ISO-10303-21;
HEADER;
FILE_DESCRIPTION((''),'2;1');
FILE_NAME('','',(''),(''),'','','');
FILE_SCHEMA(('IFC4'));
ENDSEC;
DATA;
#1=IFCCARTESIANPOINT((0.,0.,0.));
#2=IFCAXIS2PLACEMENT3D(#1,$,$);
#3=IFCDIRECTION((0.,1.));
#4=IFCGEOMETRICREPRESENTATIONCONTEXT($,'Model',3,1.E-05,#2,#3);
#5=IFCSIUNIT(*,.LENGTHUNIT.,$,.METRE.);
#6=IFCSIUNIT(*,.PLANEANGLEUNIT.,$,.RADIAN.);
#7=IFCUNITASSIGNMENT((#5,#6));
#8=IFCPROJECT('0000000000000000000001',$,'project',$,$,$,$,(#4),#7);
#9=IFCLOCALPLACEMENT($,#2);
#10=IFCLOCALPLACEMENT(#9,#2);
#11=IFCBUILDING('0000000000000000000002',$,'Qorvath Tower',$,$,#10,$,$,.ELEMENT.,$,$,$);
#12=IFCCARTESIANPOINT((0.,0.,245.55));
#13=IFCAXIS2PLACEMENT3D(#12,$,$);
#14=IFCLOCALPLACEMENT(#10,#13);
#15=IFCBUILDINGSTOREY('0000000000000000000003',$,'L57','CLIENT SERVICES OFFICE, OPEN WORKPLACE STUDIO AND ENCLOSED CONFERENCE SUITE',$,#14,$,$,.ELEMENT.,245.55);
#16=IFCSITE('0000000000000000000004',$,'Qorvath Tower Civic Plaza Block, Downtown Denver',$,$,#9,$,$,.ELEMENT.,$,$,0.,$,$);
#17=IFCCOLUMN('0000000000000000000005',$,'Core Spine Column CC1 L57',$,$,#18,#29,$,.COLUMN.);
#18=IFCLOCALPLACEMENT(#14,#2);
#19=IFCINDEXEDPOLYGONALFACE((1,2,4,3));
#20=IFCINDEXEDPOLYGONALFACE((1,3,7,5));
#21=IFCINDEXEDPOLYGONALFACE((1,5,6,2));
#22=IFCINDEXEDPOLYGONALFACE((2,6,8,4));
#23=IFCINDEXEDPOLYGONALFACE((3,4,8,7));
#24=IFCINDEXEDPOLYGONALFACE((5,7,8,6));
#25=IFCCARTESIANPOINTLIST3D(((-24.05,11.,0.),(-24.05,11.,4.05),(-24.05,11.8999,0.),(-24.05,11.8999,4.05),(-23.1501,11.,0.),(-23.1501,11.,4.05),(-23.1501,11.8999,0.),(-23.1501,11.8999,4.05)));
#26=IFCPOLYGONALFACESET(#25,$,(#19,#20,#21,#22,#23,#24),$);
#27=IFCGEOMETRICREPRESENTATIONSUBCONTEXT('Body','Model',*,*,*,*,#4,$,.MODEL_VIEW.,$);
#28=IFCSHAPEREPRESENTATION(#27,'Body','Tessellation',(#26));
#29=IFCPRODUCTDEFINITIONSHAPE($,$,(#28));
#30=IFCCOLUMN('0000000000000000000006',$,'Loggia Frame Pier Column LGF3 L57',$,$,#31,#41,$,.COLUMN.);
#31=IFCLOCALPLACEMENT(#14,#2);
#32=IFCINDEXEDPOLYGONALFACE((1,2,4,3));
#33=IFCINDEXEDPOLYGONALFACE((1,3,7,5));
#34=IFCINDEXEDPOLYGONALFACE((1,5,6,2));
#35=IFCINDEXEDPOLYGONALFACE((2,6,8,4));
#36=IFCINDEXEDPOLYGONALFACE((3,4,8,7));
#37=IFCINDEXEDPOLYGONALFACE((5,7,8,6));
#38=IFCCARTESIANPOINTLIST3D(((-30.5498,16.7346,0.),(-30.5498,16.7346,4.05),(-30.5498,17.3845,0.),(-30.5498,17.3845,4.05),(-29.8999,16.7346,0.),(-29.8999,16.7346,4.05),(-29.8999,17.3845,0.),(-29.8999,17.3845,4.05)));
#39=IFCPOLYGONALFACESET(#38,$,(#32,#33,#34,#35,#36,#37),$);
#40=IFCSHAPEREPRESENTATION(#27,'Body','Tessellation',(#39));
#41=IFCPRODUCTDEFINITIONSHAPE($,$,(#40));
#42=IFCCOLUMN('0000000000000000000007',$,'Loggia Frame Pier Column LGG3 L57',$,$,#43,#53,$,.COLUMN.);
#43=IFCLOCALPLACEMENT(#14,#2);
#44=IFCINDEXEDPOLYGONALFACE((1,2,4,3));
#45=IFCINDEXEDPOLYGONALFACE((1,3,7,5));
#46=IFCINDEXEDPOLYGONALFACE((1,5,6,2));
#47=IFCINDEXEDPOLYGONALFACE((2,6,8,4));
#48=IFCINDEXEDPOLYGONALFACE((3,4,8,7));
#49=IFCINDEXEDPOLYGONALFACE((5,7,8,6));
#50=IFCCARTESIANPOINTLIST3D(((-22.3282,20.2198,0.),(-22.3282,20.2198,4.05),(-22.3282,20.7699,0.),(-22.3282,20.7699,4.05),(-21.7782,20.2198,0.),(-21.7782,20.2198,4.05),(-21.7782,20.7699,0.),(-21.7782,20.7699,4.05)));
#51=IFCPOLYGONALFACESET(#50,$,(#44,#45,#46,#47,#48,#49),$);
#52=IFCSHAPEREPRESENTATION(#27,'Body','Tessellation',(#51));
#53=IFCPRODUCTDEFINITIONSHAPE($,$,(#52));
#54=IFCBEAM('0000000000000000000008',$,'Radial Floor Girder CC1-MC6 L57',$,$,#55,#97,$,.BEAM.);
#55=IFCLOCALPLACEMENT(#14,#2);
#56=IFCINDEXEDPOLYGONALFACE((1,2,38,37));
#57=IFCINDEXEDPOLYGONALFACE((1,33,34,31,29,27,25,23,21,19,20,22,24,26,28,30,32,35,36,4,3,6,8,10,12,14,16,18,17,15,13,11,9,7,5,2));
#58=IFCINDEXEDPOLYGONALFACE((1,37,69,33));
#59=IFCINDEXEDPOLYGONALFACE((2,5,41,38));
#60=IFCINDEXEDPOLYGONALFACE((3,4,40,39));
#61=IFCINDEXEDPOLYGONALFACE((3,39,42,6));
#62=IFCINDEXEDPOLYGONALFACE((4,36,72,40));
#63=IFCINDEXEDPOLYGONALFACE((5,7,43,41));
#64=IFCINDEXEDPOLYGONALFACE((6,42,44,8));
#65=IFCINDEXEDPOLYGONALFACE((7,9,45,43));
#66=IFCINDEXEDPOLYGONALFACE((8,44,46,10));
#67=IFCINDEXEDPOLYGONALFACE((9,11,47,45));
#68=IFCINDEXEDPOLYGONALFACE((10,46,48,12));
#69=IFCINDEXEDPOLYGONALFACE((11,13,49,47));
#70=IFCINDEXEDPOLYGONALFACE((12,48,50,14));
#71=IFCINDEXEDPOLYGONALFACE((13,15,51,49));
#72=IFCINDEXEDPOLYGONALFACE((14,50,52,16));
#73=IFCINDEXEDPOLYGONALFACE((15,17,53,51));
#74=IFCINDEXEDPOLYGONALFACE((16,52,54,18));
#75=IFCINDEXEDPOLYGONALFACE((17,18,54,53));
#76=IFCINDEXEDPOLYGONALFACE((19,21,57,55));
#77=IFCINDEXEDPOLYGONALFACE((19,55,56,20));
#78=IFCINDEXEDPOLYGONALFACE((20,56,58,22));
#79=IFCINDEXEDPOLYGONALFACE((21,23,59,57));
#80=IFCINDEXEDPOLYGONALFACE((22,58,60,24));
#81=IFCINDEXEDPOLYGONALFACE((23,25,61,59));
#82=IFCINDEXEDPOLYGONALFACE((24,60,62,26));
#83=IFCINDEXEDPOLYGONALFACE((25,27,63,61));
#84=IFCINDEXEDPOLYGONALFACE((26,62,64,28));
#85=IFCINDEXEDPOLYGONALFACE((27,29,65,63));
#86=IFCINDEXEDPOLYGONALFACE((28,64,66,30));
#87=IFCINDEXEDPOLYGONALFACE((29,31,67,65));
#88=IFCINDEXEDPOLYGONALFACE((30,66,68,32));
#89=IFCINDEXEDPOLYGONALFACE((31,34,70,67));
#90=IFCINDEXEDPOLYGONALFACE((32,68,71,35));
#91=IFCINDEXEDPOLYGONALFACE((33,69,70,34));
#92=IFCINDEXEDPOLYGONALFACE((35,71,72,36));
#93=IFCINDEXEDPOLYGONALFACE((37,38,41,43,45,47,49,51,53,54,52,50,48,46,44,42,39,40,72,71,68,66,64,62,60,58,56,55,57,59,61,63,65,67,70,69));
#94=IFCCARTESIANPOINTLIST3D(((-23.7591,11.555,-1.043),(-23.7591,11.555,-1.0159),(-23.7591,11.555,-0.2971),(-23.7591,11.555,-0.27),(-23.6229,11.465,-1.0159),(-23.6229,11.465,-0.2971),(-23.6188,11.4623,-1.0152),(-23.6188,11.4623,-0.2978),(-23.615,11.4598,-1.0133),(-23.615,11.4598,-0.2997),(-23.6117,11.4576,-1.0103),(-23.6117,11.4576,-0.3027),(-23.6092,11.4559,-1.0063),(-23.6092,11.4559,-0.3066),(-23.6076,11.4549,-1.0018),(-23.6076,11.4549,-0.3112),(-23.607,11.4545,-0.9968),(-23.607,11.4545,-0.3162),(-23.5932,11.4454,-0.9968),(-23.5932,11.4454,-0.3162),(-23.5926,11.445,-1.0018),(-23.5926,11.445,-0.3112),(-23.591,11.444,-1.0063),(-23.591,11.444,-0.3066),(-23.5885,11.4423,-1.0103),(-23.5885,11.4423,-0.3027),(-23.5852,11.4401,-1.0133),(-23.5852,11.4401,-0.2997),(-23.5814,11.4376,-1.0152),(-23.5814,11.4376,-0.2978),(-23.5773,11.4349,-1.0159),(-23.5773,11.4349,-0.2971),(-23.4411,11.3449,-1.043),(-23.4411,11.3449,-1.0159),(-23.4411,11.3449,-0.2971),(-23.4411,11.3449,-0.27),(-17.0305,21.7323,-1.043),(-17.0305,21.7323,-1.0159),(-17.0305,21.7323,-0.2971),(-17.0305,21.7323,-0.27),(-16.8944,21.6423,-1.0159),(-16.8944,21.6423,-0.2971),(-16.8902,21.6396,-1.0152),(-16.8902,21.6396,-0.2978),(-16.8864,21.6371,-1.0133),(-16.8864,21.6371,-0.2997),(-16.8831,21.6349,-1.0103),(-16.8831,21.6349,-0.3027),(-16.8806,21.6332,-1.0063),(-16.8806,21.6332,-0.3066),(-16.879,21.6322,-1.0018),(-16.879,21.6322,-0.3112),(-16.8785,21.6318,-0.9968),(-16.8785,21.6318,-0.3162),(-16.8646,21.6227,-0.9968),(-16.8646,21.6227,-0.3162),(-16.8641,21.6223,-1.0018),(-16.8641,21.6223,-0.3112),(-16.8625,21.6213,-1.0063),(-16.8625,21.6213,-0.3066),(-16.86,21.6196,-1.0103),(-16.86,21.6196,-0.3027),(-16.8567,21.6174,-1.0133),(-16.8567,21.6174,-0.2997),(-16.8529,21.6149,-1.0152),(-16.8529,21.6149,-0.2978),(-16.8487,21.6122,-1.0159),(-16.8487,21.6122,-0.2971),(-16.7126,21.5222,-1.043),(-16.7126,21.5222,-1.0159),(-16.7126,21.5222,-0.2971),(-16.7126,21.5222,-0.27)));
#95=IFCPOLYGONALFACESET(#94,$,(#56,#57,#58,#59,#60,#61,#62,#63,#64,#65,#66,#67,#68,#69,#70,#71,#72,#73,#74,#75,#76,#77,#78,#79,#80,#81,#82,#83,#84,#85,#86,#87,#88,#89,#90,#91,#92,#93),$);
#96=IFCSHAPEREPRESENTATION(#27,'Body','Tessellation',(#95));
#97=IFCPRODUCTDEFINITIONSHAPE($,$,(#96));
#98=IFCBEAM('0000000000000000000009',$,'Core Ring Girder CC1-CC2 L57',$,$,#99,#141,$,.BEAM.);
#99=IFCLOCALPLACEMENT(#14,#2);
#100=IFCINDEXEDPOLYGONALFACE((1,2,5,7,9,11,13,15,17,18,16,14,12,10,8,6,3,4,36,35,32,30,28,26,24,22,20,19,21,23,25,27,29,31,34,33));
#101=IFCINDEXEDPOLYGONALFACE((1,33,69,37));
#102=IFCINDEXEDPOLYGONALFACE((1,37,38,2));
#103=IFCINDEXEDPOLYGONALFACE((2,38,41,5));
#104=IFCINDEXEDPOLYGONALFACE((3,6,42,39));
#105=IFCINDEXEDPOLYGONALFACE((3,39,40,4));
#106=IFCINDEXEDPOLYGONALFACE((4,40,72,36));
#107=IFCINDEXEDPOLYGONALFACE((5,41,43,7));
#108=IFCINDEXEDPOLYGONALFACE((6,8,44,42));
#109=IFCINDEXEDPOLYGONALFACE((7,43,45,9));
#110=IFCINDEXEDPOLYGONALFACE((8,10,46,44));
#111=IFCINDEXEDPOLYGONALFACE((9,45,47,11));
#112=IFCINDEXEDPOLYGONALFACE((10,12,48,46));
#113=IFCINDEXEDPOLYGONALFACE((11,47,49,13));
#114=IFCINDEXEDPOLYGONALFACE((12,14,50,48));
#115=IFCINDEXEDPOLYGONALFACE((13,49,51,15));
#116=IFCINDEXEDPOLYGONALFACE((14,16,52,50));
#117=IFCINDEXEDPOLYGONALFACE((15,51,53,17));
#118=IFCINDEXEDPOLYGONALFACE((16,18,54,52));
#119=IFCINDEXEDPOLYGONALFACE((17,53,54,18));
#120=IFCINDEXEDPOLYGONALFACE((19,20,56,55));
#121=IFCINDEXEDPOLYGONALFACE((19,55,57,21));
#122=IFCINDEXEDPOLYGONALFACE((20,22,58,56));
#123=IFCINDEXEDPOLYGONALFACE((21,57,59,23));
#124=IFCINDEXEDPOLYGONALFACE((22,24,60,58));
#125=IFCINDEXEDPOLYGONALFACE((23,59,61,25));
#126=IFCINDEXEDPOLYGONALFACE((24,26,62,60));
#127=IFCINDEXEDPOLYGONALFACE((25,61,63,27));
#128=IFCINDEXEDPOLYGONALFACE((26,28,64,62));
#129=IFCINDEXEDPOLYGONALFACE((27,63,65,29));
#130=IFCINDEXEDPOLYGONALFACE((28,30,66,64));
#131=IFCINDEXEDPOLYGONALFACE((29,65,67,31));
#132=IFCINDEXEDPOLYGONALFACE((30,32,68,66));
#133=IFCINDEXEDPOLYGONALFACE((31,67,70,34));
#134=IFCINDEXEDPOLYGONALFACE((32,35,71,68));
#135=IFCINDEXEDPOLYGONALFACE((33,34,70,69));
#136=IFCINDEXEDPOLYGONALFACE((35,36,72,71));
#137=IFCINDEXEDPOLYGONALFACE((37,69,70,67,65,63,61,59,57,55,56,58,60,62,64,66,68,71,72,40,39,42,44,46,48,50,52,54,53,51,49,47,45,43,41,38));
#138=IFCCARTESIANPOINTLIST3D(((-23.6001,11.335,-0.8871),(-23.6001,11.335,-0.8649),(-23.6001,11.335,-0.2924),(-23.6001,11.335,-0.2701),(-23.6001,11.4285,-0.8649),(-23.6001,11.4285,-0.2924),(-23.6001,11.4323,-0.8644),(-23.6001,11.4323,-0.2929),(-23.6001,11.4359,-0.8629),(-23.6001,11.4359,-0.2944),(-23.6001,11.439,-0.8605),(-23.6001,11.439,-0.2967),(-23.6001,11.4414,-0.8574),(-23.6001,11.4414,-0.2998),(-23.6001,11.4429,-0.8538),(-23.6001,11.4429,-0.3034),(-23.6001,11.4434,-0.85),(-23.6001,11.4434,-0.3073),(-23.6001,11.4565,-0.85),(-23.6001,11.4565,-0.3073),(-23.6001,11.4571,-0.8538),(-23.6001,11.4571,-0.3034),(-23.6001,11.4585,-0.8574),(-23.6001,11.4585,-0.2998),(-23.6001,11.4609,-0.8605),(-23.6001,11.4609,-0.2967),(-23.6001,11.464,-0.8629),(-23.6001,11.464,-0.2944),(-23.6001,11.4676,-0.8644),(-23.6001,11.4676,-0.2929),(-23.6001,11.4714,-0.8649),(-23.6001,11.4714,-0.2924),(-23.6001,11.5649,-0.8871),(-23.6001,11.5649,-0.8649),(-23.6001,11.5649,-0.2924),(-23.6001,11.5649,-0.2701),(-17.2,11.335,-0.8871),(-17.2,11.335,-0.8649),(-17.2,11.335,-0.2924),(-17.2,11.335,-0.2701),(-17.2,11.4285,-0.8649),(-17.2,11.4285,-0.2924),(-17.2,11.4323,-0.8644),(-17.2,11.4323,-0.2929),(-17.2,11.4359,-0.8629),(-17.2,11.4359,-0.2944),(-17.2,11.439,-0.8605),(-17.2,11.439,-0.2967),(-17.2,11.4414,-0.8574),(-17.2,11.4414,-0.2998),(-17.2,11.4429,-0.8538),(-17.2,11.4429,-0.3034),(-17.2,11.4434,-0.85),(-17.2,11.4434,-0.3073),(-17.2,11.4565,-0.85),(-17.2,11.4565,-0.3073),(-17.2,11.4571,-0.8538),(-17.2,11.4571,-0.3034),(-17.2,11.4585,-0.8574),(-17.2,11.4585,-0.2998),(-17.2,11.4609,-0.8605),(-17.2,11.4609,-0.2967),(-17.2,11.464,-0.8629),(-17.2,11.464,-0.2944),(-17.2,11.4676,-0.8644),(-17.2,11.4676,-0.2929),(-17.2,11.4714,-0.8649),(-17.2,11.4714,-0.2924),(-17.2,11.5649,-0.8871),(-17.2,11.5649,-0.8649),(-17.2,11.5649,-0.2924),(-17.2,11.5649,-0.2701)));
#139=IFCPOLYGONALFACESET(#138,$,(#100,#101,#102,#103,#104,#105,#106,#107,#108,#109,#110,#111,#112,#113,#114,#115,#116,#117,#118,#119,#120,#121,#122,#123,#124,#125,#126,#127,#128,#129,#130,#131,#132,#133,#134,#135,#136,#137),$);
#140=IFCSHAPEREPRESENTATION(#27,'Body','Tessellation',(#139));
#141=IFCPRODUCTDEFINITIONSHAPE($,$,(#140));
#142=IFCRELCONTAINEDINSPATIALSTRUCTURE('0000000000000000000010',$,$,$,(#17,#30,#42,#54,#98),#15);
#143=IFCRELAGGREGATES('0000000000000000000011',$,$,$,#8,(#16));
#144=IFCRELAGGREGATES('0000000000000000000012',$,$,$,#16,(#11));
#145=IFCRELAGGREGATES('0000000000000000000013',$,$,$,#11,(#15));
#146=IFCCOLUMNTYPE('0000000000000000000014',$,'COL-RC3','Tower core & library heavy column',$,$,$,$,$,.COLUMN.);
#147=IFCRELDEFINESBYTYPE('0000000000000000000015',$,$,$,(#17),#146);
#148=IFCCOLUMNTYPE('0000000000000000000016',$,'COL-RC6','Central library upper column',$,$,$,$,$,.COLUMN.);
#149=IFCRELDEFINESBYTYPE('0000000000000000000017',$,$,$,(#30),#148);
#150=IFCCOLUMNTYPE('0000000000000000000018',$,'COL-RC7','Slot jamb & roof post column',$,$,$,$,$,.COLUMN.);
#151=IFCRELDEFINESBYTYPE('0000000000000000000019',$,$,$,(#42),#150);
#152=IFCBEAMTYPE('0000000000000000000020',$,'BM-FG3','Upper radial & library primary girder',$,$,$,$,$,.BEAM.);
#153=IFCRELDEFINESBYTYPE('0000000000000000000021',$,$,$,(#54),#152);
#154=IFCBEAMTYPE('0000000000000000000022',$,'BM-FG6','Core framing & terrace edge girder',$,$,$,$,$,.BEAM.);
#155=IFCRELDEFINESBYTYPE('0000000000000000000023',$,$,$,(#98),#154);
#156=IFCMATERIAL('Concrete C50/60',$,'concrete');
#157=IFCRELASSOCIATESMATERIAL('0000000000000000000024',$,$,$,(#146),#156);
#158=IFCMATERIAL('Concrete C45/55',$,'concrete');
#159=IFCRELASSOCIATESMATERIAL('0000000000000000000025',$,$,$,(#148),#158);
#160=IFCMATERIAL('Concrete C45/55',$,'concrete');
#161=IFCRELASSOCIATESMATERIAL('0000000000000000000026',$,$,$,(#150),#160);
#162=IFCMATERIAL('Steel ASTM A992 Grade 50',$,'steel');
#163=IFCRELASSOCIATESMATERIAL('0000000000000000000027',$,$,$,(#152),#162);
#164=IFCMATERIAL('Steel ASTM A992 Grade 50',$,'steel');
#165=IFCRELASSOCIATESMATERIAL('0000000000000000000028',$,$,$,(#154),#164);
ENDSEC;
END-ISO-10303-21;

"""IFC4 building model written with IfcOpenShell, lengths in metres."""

from ifc_helpers import new_model, si_unit, direction, frame, origin, origin_2d, place, context, subcontext, project, spatial, rectangle, i_section, extrude, material, material_profile, profile_set, type_object, element, save


model = new_model("IFC4")

# Units and contexts
model_context = context("Model", 3, precision=1e-05, world=origin(), true_north=direction((0.0, 1.0)))
body_context = subcontext(model_context, "Body", "Model", "MODEL_VIEW")
ifc_project = project(units=[si_unit("LENGTHUNIT", "METRE"), si_unit("PLANEANGLEUNIT", "RADIAN")], contexts=[model_context])

# Site, building, storey
site_placement = place(None, origin())
site = spatial("IfcSite", under=ifc_project, at=site_placement, Name="Qorvath Tower Civic Plaza Block, Downtown Denver", CompositionType="ELEMENT", RefElevation=0.0)
building_placement = place(site_placement, origin())
building = spatial("IfcBuilding", under=site, at=building_placement, Name="Qorvath Tower", CompositionType="ELEMENT")
storey_placement = place(building_placement, frame((0.0, 0.0, 245.55)))
storey = spatial("IfcBuildingStorey", under=building, at=storey_placement, Name="L57", Description="CLIENT SERVICES OFFICE, OPEN WORKPLACE STUDIO AND ENCLOSED CONFERENCE SUITE", CompositionType="ELEMENT", Elevation=245.55)

# Columns
ifc_material_1 = material(Name="Concrete C50/60", Category="concrete")
ifc_material_profile_1 = material_profile(ifc_material_1, rectangle(XDim=0.8999, YDim=0.8999, at=origin_2d()), Name="RC 900x900")
ifc_profile_set_1 = profile_set([ifc_material_profile_1], Name="Concrete C50/60")
column_type_1 = type_object("IfcColumnType", Name="COL-RC3", Description="Tower core & library heavy column", PredefinedType="COLUMN", material=ifc_profile_set_1)
column_1_placement = place(storey_placement, frame((-23.6001, 11.45, 0.0), z_axis=(0.0, 0.0, 1.0), x_axis=(1.0, 0.0, 0.0)))
element("IfcColumn", 1, at=column_1_placement, inside=storey, type_object=column_type_1, Name="Core Spine Column CC1 L57", PredefinedType="COLUMN", context=body_context, shape_type="SweptSolid", body=[
    extrude(rectangle(XDim=0.8999, YDim=0.8999, at=origin_2d()), origin(), (0.0, 0.0, 1.0), 4.05),
])
ifc_material_2 = material(Name="Concrete C45/55", Category="concrete")
ifc_material_profile_2 = material_profile(ifc_material_2, rectangle(XDim=0.6499, YDim=0.6499, at=origin_2d()), Name="RC 650x650")
ifc_profile_set_2 = profile_set([ifc_material_profile_2], Name="Concrete C45/55")
column_type_2 = type_object("IfcColumnType", Name="COL-RC6", Description="Central library upper column", PredefinedType="COLUMN", material=ifc_profile_set_2)
column_2_placement = place(storey_placement, frame((-30.2249, 17.0596, 0.0), z_axis=(0.0, 0.0, 1.0), x_axis=(1.0, 0.0, 0.0)))
element("IfcColumn", 2, at=column_2_placement, inside=storey, type_object=column_type_2, Name="Loggia Frame Pier Column LGF3 L57", PredefinedType="COLUMN", context=body_context, shape_type="SweptSolid", body=[
    extrude(rectangle(XDim=0.6499, YDim=0.6499, at=origin_2d()), origin(), (0.0, 0.0, 1.0), 4.05),
])
ifc_material_3 = material(Name="Concrete C45/55", Category="concrete")
ifc_material_profile_3 = material_profile(ifc_material_3, rectangle(XDim=0.55, YDim=0.55, at=origin_2d()), Name="RC 550x550")
ifc_profile_set_3 = profile_set([ifc_material_profile_3], Name="Concrete C45/55")
column_type_3 = type_object("IfcColumnType", Name="COL-RC7", Description="Slot jamb & roof post column", PredefinedType="COLUMN", material=ifc_profile_set_3)
column_3_placement = place(storey_placement, frame((-22.0532, 20.4949, 0.0), z_axis=(0.0, 0.0, 1.0), x_axis=(1.0, 0.0, 0.0)))
element("IfcColumn", 3, at=column_3_placement, inside=storey, type_object=column_type_3, Name="Loggia Frame Pier Column LGG3 L57", PredefinedType="COLUMN", context=body_context, shape_type="SweptSolid", body=[
    extrude(rectangle(XDim=0.55, YDim=0.55, at=origin_2d()), origin(), (0.0, 0.0, 1.0), 4.05),
])

# Beams
ifc_material_4 = material(Name="Steel ASTM A992 Grade 50", Category="steel")
ifc_material_profile_4 = material_profile(ifc_material_4, i_section(OverallWidth=0.3811, OverallDepth=0.7729, WebThickness=0.0166, FlangeThickness=0.0271, FilletRadius=0.019, at=origin_2d()), Name="W30x173")
ifc_profile_set_4 = profile_set([ifc_material_profile_4], Name="Steel ASTM A992 Grade 50")
beam_type_1 = type_object("IfcBeamType", Name="BM-FG3", Description="Upper radial & library primary girder", PredefinedType="BEAM", material=ifc_profile_set_4)
beam_1_placement = place(storey_placement, frame((-23.6001, 11.45, -0.6565), z_axis=(0.551501, 0.834175, 0.0), x_axis=(-0.834175, 0.551501, 0.0)))
element("IfcBeam", 4, at=beam_1_placement, inside=storey, type_object=beam_type_1, Name="Radial Floor Girder CC1-MC6 L57", PredefinedType="BEAM", context=body_context, shape_type="SweptSolid", body=[
    extrude(i_section(OverallWidth=0.3811, OverallDepth=0.7729, WebThickness=0.0166, FlangeThickness=0.0271, FilletRadius=0.019, at=origin_2d()), origin(), (0.0, 0.0, 1.0), 12.2004),
])
ifc_material_5 = material(Name="Steel ASTM A992 Grade 50", Category="steel")
ifc_material_profile_5 = material_profile(ifc_material_5, i_section(OverallWidth=0.23, OverallDepth=0.6169, WebThickness=0.0132, FlangeThickness=0.0222, FilletRadius=0.0149, at=origin_2d()), Name="W24x94")
ifc_profile_set_5 = profile_set([ifc_material_profile_5], Name="Steel ASTM A992 Grade 50")
beam_type_2 = type_object("IfcBeamType", Name="BM-FG6", Description="Core framing & terrace edge girder", PredefinedType="BEAM", material=ifc_profile_set_5)
beam_2_placement = place(storey_placement, frame((-23.6001, 11.45, -0.5786), z_axis=(1.0, 0.0, 0.0), x_axis=(0.0, 1.0, 0.0)))
element("IfcBeam", 5, at=beam_2_placement, inside=storey, type_object=beam_type_2, Name="Core Ring Girder CC1-CC2 L57", PredefinedType="BEAM", context=body_context, shape_type="SweptSolid", body=[
    extrude(i_section(OverallWidth=0.23, OverallDepth=0.6169, WebThickness=0.0132, FlangeThickness=0.0222, FilletRadius=0.0149, at=origin_2d()), origin(), (0.0, 0.0, 1.0), 6.4001),
])

save(model, "model.ifc")
